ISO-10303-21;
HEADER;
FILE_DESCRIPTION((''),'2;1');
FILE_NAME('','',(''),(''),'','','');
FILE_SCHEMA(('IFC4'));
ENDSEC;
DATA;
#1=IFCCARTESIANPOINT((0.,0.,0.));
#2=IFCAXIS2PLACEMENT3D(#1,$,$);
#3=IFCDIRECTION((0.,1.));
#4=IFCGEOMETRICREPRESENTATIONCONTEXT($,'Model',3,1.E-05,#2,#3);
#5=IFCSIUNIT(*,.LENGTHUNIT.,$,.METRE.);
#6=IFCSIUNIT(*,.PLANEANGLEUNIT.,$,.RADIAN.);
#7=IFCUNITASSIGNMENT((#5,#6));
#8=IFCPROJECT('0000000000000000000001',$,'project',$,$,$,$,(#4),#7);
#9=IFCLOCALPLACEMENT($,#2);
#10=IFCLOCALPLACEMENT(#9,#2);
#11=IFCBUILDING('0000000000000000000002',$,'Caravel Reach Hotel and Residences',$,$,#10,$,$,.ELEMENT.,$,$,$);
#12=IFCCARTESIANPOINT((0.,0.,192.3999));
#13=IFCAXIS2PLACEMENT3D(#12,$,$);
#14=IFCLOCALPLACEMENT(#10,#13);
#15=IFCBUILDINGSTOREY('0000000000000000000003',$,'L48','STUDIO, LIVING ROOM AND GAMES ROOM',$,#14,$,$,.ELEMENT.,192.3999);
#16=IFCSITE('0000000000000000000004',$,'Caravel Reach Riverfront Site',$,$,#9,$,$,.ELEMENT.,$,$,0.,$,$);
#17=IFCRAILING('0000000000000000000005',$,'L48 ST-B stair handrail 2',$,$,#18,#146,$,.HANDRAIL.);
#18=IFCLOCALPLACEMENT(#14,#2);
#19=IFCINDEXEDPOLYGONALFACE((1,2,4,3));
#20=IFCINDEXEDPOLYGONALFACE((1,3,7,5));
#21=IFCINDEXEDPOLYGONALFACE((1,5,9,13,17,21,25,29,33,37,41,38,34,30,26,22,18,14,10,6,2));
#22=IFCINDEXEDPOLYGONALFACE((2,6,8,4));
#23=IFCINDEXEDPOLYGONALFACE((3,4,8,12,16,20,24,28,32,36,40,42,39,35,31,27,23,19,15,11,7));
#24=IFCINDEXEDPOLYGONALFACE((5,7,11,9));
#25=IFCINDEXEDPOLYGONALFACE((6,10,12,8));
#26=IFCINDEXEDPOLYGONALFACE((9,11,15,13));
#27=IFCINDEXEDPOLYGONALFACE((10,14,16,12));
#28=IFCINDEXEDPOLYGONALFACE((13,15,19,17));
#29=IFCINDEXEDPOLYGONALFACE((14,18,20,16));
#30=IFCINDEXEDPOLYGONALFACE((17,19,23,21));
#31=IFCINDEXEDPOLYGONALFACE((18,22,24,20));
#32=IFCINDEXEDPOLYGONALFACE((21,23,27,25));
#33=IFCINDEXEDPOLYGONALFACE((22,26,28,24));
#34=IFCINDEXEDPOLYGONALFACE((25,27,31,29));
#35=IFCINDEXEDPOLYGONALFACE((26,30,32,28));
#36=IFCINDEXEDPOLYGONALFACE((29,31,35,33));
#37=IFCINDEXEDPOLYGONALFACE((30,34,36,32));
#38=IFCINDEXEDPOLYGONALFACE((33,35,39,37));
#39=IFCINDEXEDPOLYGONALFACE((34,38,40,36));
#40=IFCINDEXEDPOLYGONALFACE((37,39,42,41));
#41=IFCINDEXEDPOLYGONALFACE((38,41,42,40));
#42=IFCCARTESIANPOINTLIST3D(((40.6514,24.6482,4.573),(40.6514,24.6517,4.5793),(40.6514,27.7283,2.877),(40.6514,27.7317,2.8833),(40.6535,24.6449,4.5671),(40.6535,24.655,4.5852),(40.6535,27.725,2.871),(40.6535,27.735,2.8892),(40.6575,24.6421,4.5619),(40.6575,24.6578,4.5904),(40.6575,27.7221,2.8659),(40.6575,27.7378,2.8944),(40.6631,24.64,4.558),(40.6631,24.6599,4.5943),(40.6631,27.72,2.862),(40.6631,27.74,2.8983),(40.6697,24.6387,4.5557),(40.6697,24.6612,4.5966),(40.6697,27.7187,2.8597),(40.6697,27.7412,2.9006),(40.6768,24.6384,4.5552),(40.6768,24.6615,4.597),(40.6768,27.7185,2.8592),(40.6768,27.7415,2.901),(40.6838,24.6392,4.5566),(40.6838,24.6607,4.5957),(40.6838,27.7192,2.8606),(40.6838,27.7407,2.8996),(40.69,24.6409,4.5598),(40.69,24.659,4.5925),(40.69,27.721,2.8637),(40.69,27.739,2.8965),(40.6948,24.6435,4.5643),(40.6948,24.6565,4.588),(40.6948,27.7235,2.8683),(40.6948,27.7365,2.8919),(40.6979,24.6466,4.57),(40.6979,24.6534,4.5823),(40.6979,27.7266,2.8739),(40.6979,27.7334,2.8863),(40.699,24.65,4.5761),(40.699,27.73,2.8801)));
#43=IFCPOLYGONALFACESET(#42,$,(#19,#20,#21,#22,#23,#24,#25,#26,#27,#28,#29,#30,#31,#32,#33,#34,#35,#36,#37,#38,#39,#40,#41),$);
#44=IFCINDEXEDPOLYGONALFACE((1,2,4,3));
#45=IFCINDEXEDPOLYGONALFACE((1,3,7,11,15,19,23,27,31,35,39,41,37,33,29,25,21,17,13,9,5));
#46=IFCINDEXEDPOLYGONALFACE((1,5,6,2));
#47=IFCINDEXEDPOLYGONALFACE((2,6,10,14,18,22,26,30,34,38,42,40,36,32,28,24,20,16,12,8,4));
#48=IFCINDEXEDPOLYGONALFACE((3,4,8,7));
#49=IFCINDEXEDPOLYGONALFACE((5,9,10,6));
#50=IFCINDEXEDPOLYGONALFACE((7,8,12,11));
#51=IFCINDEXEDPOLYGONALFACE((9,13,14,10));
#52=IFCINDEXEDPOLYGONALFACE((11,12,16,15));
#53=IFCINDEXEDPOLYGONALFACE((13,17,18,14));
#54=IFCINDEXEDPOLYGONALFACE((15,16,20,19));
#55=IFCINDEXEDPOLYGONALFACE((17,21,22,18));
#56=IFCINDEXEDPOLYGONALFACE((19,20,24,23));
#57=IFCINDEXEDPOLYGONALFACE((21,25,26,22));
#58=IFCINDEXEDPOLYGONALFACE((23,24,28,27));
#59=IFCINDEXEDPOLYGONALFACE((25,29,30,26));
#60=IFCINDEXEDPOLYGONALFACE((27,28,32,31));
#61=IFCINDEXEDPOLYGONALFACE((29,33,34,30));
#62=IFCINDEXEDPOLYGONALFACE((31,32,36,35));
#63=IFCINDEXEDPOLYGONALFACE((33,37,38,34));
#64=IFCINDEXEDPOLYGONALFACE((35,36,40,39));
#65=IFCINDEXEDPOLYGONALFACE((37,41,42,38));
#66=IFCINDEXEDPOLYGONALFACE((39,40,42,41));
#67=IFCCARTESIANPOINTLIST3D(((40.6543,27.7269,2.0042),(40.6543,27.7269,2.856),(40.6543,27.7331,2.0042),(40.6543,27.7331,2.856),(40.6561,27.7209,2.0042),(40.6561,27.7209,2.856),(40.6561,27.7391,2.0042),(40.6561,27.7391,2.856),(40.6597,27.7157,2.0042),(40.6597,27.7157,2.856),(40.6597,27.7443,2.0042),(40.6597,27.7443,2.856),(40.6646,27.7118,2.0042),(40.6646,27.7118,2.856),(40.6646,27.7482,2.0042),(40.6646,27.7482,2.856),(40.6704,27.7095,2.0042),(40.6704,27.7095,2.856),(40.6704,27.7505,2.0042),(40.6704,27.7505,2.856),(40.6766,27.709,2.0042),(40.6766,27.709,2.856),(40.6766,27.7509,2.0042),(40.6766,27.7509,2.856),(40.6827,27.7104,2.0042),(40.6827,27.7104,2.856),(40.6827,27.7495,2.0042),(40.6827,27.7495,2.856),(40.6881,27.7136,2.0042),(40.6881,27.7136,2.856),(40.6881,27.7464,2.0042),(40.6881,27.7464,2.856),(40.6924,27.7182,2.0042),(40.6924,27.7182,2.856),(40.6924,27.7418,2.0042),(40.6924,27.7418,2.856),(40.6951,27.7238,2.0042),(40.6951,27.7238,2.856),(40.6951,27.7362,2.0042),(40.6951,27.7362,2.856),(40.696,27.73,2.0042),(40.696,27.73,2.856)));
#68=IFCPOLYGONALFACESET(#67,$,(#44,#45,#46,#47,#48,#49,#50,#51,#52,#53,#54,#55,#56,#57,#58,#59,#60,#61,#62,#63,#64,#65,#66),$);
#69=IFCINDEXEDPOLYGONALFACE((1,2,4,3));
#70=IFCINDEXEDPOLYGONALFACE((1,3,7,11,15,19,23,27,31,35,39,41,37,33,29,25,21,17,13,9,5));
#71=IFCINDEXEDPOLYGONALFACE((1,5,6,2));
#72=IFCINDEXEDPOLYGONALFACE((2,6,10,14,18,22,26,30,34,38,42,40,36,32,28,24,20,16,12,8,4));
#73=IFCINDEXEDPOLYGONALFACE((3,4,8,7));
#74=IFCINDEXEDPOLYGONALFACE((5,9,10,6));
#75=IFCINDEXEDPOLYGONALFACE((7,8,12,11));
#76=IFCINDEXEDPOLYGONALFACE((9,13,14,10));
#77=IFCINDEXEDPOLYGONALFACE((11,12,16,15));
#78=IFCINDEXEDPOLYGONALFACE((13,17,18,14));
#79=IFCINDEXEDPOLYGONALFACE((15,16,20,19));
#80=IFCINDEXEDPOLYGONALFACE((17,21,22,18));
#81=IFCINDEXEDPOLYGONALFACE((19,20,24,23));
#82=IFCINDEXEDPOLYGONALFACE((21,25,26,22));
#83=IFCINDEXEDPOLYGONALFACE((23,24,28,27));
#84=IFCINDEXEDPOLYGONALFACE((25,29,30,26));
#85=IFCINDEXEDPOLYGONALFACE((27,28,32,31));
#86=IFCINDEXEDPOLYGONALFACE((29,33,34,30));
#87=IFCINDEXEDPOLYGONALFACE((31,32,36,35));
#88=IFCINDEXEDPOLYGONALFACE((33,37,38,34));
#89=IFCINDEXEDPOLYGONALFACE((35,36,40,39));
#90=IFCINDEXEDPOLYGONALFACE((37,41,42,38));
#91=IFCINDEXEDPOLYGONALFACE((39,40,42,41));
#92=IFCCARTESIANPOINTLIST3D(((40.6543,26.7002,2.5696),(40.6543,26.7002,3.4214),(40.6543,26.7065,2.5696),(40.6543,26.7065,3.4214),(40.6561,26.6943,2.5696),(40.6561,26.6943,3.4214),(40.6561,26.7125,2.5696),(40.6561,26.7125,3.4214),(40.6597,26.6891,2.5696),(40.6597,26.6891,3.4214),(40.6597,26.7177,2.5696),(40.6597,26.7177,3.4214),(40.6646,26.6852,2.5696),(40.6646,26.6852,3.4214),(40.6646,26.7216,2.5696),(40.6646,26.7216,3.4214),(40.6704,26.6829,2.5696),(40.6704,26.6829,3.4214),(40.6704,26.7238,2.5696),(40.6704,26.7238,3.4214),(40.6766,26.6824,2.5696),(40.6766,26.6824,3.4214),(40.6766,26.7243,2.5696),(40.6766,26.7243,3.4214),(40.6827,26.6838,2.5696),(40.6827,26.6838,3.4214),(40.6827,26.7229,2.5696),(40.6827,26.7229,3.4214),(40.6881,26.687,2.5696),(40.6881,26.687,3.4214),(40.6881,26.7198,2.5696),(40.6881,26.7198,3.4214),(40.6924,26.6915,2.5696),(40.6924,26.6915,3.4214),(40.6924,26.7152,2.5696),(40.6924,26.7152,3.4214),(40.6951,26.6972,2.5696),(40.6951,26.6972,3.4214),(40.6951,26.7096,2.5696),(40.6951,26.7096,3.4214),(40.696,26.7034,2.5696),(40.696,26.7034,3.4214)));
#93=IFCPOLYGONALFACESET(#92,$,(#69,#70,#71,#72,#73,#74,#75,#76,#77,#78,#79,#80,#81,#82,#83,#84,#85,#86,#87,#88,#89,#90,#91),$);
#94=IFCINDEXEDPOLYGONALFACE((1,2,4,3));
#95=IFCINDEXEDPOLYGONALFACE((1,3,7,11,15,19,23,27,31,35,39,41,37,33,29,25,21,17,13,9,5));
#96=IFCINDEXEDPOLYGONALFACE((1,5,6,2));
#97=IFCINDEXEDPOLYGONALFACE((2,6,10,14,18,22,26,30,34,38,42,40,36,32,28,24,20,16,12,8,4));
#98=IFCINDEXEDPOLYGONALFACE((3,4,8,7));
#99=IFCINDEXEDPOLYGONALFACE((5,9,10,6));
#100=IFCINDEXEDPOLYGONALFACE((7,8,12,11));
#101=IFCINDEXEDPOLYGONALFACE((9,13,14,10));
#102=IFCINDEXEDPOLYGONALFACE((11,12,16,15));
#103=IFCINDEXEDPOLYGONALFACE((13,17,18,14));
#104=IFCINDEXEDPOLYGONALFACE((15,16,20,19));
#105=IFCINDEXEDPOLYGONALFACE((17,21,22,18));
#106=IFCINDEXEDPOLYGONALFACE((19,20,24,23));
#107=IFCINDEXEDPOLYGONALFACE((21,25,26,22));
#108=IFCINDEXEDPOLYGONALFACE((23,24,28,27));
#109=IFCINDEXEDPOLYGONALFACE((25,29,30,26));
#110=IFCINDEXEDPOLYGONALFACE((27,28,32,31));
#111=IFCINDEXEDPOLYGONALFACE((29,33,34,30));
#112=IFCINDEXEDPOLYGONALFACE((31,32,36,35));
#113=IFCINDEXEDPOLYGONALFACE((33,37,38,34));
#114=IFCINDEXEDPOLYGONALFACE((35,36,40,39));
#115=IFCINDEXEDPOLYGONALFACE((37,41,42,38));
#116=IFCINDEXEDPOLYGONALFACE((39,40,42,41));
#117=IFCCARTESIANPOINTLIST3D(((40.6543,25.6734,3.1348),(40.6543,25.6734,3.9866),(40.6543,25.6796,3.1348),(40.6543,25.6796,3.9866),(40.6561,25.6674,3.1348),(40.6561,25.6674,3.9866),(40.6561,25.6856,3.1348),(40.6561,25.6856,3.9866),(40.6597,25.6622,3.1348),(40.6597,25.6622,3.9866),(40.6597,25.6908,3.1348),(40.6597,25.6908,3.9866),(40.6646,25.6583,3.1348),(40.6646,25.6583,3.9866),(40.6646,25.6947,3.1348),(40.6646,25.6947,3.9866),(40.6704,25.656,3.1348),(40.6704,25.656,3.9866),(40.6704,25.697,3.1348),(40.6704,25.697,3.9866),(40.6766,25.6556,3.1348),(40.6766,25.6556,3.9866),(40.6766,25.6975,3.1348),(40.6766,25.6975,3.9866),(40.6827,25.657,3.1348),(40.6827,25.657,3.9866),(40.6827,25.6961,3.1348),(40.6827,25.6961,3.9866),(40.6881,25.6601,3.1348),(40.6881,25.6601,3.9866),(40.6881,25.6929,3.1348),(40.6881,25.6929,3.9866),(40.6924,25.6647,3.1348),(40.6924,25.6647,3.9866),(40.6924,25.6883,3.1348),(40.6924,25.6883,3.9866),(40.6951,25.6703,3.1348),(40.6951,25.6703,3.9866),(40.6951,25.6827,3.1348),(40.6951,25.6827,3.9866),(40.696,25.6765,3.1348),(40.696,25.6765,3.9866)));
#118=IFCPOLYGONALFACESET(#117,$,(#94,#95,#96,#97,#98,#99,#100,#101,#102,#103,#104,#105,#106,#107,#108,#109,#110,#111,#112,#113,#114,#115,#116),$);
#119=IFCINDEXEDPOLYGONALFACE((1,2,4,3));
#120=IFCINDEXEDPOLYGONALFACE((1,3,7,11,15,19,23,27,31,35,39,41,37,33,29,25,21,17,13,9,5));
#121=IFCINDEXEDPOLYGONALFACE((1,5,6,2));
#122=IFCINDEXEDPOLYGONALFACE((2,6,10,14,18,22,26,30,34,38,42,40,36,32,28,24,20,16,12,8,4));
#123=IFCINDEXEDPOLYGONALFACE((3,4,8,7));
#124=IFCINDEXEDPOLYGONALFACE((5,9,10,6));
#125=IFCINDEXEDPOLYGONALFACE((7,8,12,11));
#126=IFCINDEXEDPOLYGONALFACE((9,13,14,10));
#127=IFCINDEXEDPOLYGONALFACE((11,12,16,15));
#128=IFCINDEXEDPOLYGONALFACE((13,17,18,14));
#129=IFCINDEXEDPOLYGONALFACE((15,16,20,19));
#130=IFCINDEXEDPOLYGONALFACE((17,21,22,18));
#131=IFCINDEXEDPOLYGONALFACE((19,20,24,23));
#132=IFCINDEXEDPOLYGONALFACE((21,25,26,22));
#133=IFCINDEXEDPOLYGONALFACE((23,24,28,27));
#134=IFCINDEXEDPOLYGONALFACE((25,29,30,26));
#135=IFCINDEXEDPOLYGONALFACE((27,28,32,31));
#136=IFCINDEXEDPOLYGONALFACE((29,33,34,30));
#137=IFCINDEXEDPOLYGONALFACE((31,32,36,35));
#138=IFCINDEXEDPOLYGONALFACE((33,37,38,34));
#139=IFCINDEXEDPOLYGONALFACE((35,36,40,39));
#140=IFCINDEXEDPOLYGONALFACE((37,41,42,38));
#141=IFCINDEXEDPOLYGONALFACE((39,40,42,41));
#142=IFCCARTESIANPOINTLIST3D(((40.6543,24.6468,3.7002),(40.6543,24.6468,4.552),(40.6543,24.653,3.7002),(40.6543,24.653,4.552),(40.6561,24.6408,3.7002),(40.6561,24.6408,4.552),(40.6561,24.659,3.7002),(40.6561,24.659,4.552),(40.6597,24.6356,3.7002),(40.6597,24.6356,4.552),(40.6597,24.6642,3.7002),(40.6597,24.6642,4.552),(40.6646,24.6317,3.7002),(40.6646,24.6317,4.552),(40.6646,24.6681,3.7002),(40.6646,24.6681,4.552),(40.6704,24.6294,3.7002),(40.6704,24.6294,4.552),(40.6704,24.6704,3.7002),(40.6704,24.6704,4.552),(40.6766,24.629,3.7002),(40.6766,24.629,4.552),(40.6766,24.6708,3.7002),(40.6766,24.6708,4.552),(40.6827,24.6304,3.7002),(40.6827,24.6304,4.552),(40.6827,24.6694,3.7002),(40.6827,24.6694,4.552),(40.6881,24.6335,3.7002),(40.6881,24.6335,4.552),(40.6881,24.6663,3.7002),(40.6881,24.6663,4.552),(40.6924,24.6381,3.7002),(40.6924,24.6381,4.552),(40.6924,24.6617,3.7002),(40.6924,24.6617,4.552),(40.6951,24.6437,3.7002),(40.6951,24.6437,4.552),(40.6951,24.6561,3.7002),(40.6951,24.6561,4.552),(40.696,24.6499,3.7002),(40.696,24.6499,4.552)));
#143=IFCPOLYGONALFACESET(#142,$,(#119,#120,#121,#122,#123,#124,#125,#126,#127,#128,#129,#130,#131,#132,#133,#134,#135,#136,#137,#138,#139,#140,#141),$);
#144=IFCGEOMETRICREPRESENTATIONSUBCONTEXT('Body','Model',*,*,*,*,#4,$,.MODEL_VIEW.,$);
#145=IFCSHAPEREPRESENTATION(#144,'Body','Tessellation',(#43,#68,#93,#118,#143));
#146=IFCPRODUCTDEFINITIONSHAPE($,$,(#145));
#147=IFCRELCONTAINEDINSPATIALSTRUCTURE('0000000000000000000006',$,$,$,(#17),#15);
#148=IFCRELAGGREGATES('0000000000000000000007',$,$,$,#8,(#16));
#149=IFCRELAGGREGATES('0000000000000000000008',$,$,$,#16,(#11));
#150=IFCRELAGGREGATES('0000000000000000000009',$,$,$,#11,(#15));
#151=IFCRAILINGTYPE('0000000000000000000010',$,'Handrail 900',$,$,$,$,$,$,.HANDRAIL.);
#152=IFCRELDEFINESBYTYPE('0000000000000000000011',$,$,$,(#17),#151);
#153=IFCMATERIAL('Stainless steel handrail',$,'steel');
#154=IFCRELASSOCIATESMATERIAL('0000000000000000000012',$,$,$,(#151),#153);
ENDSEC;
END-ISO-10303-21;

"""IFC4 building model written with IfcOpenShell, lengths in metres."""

from ifc_helpers import new_model, si_unit, direction, frame, origin, origin_2d, place, context, subcontext, project, spatial, circle, extrude, material, type_object, element, save


model = new_model("IFC4")

# Units and contexts
model_context = context("Model", 3, precision=1e-05, world=origin(), true_north=direction((0.0, 1.0)))
body_context = subcontext(model_context, "Body", "Model", "MODEL_VIEW")
ifc_project = project(units=[si_unit("LENGTHUNIT", "METRE"), si_unit("PLANEANGLEUNIT", "RADIAN")], contexts=[model_context])

# Site, building, storey
site_placement = place(None, origin())
site = spatial("IfcSite", under=ifc_project, at=site_placement, Name="Caravel Reach Riverfront Site", CompositionType="ELEMENT", RefElevation=0.0)
building_placement = place(site_placement, origin())
building = spatial("IfcBuilding", under=site, at=building_placement, Name="Caravel Reach Hotel and Residences", CompositionType="ELEMENT")
storey_placement = place(building_placement, frame((0.0, 0.0, 192.3999)))
storey = spatial("IfcBuildingStorey", under=building, at=storey_placement, Name="L48", Description="STUDIO, LIVING ROOM AND GAMES ROOM", CompositionType="ELEMENT", Elevation=192.3999)

# Railing
ifc_material_1 = material(Name="Stainless steel handrail", Category="steel")
railing_type_1 = type_object("IfcRailingType", Name="Handrail 900", PredefinedType="HANDRAIL", material=ifc_material_1)
railing_1_placement = place(storey_placement, frame((40.675, 27.73, 2.0042)))
element("IfcRailing", 1, at=railing_1_placement, inside=storey, type_object=railing_type_1, Name="L48 ST-B stair handrail 2", PredefinedType="HANDRAIL", context=body_context, shape_type="SweptSolid", body=[
    extrude(circle(Radius=0.0239, at=origin_2d()), frame((0.0, 0.0, 0.876), z_axis=(0.0, -0.875975, 0.482356), x_axis=(1.0, 0.0, 0.0)), (0.0, 0.0, 1.0), 3.5161),
    extrude(circle(Radius=0.021, at=origin_2d()), origin(), (0.0, 0.0, 1.0), 0.8518),
    extrude(circle(Radius=0.021, at=origin_2d()), frame((0.0, -1.0266, 0.5654)), (0.0, 0.0, 1.0), 0.8518),
    extrude(circle(Radius=0.021, at=origin_2d()), frame((0.0, -2.0535, 1.1306)), (0.0, 0.0, 1.0), 0.8518),
    extrude(circle(Radius=0.021, at=origin_2d()), frame((0.0, -3.0801, 1.696)), (0.0, 0.0, 1.0), 0.8518),
])

save(model, "model.ifc")
